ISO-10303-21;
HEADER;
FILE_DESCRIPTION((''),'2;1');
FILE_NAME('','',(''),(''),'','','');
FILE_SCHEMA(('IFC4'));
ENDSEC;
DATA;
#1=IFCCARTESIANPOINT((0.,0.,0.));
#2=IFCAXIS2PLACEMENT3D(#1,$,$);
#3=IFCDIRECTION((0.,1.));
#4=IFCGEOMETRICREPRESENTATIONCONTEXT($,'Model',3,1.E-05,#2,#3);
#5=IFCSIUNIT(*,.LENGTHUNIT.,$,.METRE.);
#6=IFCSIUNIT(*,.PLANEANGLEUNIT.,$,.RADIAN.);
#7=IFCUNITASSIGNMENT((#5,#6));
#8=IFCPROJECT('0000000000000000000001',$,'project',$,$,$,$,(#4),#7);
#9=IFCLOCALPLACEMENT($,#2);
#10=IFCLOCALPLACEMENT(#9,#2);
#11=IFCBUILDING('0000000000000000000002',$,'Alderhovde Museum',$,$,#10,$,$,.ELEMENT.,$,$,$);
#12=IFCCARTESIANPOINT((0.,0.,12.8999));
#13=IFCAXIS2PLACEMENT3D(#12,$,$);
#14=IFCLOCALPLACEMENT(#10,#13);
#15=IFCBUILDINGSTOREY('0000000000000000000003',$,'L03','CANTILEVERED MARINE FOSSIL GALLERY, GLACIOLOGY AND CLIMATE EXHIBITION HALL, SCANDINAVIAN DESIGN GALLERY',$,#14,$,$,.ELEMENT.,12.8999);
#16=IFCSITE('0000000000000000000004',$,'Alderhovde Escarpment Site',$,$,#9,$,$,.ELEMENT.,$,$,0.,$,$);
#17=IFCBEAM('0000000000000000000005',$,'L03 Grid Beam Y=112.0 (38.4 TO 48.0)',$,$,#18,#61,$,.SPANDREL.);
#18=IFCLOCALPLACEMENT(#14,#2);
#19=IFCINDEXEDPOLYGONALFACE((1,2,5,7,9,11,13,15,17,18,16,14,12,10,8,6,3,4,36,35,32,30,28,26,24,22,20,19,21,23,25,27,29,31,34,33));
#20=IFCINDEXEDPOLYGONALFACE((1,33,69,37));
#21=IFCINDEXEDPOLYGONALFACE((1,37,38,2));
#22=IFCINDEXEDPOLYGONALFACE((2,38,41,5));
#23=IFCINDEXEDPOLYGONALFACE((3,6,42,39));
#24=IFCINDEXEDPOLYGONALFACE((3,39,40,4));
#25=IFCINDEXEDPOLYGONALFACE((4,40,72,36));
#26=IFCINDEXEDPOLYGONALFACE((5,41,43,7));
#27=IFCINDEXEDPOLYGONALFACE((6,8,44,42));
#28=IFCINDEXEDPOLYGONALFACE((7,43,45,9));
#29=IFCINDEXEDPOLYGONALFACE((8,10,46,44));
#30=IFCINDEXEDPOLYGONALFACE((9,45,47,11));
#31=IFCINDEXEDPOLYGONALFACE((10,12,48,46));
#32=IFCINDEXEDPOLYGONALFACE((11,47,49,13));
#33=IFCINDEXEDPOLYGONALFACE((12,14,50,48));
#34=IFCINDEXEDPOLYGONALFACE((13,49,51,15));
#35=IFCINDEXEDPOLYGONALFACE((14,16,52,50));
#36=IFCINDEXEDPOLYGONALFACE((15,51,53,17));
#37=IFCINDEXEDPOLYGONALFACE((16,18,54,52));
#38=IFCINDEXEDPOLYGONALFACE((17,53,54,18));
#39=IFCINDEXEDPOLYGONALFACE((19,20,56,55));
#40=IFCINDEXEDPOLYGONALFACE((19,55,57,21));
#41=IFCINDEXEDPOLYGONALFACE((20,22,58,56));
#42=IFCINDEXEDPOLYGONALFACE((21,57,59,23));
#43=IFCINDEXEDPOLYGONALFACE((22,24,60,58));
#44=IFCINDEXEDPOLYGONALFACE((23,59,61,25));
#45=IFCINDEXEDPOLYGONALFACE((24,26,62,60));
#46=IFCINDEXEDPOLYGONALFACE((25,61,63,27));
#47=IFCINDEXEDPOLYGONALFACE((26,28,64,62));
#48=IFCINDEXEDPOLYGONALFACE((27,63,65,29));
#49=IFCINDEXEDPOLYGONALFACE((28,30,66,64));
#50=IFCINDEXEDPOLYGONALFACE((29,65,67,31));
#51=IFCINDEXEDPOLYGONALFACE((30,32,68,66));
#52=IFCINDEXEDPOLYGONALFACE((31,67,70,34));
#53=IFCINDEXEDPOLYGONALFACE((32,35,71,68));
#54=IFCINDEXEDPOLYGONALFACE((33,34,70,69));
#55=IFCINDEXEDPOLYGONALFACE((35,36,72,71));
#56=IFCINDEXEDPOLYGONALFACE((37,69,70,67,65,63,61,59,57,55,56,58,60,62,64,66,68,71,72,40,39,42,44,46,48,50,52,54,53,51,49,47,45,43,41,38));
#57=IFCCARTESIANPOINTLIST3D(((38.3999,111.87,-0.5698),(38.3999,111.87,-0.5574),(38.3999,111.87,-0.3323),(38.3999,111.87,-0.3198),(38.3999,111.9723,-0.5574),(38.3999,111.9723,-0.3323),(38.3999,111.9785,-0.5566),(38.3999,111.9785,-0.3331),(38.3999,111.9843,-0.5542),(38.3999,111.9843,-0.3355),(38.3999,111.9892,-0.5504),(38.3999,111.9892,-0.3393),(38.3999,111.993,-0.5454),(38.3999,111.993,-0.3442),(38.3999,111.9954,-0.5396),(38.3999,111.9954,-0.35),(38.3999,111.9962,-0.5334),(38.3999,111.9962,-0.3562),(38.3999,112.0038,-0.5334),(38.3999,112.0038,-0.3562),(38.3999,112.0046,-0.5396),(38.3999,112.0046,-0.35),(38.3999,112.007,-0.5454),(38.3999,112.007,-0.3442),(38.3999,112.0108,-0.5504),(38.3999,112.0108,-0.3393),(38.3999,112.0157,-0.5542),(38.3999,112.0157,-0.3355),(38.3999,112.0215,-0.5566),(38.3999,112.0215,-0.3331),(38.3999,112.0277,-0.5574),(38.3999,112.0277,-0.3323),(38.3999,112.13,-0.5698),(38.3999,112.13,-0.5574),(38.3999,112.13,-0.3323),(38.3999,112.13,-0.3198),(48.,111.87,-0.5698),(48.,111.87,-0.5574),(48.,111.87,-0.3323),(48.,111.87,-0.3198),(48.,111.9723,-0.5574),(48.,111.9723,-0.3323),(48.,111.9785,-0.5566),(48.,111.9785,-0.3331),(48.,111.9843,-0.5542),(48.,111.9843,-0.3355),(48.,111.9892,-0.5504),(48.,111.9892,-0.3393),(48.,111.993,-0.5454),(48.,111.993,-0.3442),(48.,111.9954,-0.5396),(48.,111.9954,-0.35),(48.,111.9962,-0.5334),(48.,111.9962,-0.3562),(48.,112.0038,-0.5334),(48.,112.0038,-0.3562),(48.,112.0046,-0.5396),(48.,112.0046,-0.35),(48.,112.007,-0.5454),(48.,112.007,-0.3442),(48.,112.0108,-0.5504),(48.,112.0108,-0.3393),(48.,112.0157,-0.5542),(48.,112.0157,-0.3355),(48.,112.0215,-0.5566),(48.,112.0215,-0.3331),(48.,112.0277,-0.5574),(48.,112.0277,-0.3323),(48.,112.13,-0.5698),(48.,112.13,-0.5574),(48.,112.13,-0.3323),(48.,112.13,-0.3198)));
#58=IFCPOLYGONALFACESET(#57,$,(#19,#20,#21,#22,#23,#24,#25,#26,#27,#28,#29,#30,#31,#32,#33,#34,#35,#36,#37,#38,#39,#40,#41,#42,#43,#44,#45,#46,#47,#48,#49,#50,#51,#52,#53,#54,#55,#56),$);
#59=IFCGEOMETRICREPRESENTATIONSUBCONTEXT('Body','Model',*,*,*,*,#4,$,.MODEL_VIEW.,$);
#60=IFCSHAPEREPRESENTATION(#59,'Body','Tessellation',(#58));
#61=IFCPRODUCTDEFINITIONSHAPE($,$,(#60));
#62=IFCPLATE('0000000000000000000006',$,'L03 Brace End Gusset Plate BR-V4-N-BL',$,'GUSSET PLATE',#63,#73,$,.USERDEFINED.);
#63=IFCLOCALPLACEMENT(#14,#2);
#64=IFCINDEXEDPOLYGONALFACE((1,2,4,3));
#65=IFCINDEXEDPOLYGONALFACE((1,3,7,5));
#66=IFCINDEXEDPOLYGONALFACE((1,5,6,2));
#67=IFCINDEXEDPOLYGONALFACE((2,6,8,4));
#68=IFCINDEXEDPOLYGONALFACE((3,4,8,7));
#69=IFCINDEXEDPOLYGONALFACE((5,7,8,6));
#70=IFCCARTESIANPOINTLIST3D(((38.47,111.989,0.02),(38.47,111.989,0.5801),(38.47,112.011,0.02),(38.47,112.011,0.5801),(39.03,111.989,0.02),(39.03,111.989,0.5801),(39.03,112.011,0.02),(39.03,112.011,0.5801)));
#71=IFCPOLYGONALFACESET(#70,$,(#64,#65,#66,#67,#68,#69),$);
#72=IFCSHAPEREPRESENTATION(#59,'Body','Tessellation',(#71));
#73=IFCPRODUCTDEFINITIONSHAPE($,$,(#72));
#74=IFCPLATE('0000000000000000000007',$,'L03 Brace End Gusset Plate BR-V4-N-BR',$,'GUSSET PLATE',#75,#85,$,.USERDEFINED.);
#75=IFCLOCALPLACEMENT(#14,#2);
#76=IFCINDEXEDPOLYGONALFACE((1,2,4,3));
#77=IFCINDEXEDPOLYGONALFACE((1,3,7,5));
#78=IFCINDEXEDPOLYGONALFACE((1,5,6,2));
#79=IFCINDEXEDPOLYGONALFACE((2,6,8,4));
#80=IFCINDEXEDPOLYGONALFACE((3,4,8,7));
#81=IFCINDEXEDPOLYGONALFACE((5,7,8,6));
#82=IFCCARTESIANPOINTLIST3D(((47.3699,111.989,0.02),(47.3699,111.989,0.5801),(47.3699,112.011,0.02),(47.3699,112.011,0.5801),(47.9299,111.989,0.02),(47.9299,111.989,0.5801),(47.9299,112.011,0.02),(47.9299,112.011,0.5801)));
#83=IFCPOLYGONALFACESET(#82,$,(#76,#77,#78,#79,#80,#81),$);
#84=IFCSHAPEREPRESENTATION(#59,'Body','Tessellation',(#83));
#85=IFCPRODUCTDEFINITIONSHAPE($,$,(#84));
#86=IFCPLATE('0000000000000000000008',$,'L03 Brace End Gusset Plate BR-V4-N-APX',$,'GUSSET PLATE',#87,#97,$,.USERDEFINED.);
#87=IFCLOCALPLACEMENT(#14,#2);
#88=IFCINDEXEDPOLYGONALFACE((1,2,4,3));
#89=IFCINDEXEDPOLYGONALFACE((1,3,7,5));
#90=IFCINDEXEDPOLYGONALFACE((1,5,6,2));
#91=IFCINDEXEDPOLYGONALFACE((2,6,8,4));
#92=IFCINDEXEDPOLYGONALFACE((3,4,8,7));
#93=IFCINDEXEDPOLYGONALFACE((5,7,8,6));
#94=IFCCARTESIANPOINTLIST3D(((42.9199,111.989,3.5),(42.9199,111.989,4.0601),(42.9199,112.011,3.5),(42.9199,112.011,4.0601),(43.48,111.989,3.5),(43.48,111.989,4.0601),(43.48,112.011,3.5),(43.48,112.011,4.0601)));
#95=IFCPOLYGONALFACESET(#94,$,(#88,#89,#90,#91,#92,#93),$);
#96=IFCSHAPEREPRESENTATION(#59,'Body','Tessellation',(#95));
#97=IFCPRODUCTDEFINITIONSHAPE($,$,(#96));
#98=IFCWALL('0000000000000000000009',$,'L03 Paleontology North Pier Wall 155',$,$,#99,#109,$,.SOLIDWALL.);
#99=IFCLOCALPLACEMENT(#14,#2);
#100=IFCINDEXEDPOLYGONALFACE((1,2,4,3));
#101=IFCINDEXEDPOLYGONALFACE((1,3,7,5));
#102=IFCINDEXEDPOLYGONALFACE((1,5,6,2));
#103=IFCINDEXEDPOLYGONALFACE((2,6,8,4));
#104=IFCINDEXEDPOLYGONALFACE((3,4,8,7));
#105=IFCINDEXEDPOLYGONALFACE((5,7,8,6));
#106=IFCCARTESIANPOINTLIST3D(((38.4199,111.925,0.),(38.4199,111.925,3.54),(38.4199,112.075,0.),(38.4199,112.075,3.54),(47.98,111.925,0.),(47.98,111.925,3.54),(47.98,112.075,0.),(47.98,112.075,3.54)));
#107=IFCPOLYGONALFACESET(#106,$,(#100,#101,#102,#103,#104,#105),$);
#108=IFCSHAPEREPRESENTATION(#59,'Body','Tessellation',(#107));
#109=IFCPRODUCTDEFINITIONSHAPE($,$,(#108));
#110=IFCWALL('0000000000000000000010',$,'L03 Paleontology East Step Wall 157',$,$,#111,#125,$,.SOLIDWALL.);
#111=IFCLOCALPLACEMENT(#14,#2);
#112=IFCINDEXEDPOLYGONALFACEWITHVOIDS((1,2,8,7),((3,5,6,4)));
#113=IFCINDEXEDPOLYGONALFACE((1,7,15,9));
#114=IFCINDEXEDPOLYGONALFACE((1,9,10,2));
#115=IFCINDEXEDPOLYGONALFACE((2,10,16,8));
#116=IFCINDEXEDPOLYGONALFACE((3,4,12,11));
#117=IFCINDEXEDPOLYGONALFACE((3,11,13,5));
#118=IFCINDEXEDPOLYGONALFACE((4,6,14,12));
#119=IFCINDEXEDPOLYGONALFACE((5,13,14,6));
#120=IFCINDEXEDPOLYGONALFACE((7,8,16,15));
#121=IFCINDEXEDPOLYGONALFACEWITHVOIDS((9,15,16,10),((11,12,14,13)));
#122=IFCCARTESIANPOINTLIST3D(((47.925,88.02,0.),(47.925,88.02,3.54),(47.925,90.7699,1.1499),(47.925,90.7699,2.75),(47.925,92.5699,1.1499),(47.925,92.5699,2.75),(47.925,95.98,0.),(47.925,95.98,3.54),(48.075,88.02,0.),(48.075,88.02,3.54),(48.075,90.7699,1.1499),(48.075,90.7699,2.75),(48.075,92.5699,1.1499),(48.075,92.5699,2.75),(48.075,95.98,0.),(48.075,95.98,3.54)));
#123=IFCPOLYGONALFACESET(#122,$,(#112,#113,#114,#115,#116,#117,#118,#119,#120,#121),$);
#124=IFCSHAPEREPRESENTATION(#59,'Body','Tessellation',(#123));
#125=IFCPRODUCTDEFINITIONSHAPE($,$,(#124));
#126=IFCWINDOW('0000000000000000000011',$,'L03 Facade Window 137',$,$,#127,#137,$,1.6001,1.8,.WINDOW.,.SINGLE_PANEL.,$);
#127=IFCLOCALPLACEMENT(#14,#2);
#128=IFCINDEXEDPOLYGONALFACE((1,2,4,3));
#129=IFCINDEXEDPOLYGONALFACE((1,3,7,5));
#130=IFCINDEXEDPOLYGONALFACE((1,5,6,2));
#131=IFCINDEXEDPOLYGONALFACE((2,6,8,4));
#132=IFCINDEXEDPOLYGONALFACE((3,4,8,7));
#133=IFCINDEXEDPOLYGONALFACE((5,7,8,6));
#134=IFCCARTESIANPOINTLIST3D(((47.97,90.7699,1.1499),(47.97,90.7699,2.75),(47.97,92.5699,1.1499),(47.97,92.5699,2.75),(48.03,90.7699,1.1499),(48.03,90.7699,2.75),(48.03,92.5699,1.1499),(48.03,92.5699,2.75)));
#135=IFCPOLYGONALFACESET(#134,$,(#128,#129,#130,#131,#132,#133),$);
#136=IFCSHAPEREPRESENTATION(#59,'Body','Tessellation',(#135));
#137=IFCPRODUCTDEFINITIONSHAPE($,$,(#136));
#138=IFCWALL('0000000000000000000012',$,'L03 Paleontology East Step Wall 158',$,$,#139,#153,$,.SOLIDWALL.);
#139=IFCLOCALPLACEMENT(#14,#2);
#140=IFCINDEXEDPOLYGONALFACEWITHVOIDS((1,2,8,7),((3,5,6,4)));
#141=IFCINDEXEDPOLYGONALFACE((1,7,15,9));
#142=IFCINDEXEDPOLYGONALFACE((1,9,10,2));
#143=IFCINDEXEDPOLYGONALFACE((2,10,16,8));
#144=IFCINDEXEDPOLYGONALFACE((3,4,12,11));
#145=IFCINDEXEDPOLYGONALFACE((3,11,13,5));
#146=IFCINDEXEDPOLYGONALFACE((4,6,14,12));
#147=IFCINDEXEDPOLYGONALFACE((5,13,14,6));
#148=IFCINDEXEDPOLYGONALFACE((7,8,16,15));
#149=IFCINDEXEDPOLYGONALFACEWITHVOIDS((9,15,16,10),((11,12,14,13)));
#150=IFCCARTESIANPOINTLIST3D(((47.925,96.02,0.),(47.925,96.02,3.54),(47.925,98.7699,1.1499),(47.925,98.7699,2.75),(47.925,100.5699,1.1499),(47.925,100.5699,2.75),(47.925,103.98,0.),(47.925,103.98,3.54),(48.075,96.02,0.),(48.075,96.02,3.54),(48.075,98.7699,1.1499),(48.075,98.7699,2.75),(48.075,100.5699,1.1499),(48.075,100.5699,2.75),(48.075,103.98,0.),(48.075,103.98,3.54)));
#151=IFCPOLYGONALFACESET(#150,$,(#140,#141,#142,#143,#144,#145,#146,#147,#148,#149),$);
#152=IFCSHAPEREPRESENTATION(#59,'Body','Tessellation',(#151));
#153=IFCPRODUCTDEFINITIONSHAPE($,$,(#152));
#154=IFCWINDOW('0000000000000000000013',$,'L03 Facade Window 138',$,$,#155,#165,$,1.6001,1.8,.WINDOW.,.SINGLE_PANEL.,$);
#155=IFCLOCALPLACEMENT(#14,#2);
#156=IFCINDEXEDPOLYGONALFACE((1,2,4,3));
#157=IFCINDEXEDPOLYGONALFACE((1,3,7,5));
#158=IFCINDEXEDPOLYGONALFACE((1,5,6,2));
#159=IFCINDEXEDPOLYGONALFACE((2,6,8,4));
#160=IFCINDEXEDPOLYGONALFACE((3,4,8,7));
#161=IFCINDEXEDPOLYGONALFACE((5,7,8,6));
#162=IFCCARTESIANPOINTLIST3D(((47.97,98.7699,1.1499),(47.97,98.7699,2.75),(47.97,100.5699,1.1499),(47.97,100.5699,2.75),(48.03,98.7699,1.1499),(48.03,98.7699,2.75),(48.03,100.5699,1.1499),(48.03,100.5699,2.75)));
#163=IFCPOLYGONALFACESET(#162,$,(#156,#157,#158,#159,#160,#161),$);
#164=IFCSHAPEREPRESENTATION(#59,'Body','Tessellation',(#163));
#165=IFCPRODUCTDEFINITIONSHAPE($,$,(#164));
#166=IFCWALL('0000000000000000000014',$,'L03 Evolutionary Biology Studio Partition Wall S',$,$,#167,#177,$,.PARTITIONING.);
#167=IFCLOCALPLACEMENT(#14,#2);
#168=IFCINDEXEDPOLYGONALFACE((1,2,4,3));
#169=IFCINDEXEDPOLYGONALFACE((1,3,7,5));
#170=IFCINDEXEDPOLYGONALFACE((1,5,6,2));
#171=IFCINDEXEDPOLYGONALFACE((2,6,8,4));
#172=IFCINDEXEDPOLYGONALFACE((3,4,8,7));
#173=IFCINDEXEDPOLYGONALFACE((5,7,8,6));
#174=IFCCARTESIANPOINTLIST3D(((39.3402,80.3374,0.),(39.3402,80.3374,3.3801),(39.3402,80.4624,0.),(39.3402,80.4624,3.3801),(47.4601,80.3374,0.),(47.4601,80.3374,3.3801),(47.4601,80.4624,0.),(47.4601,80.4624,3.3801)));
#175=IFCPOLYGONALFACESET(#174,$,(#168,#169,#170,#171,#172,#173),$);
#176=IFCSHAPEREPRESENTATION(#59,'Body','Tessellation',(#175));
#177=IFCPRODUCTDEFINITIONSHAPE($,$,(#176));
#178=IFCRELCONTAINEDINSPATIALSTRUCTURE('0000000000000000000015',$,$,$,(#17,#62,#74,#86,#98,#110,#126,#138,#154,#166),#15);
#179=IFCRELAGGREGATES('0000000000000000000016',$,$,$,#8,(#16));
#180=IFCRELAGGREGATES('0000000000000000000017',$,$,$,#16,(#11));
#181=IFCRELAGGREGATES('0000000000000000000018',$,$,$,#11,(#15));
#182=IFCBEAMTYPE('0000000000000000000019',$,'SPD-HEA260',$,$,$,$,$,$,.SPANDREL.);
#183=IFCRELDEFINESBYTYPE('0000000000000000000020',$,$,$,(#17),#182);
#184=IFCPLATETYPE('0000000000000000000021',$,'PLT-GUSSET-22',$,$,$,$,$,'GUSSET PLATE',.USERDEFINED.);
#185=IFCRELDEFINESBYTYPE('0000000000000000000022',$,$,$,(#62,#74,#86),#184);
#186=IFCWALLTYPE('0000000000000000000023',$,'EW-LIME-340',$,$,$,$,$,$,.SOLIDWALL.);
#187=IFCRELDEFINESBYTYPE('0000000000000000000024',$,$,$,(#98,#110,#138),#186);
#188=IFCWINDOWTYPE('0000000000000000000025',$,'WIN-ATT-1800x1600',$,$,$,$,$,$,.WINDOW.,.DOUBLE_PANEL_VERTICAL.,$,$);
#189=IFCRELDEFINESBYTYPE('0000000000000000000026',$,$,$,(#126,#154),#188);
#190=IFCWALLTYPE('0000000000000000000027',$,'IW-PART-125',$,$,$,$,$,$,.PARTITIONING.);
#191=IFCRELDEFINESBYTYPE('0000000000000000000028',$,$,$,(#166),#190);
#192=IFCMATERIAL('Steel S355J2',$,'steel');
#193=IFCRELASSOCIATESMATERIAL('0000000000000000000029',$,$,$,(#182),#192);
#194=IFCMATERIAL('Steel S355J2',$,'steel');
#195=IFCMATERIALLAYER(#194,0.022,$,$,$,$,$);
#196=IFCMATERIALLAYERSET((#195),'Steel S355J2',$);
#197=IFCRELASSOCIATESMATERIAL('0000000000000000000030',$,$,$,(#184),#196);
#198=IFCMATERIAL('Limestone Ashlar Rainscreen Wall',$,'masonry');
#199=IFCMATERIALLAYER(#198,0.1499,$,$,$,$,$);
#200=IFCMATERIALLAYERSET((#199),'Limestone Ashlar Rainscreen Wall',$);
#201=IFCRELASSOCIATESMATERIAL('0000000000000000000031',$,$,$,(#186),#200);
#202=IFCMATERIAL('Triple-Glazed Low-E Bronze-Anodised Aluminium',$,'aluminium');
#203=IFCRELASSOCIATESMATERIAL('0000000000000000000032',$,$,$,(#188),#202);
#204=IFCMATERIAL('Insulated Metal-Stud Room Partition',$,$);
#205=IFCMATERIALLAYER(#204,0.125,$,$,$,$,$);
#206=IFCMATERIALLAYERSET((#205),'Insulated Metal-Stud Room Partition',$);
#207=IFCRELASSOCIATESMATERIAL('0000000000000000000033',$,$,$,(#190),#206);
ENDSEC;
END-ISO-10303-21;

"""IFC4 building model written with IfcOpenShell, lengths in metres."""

from ifc_helpers import new_model, si_unit, direction, frame, frame_2d, origin, origin_2d, place, context, subcontext, project, spatial, rectangle, i_section, extrude, material, layer, layer_set, material_profile, profile_set, type_object, element, fill, save


model = new_model("IFC4")

# Units and contexts
model_context = context("Model", 3, precision=1e-05, world=origin(), true_north=direction((0.0, 1.0)))
body_context = subcontext(model_context, "Body", "Model", "MODEL_VIEW")
ifc_project = project(units=[si_unit("LENGTHUNIT", "METRE"), si_unit("PLANEANGLEUNIT", "RADIAN")], contexts=[model_context])

# Site, building, storey
site_placement = place(None, origin())
site = spatial("IfcSite", under=ifc_project, at=site_placement, Name="Alderhovde Escarpment Site", CompositionType="ELEMENT", RefElevation=0.0)
building_placement = place(site_placement, origin())
building = spatial("IfcBuilding", under=site, at=building_placement, Name="Alderhovde Museum", CompositionType="ELEMENT")
storey_placement = place(building_placement, frame((0.0, 0.0, 12.8999)))
storey = spatial("IfcBuildingStorey", under=building, at=storey_placement, Name="L03", Description="CANTILEVERED MARINE FOSSIL GALLERY, GLACIOLOGY AND CLIMATE EXHIBITION HALL, SCANDINAVIAN DESIGN GALLERY", CompositionType="ELEMENT", Elevation=12.8999)

# Beam
ifc_material_1 = material(Name="Steel S355J2", Category="steel")
ifc_material_profile_1 = material_profile(ifc_material_1, i_section(OverallWidth=0.26, OverallDepth=0.25, WebThickness=0.0076, FlangeThickness=0.0125, FilletRadius=0.0239, at=origin_2d()), Name="HEA 260")
ifc_profile_set_1 = profile_set([ifc_material_profile_1], Name="Steel S355J2")
beam_type_1 = type_object("IfcBeamType", Name="SPD-HEA260", PredefinedType="SPANDREL", material=ifc_profile_set_1)
beam_placement = place(storey_placement, frame((38.3999, 112.0, -0.4448), z_axis=(1.0, 0.0, 0.0), x_axis=(0.0, 1.0, 0.0)))
element("IfcBeam", 1, at=beam_placement, inside=storey, type_object=beam_type_1, Name="L03 Grid Beam Y=112.0 (38.4 TO 48.0)", PredefinedType="SPANDREL", context=body_context, shape_type="SweptSolid", body=[
    extrude(i_section(OverallWidth=0.26, OverallDepth=0.25, WebThickness=0.0076, FlangeThickness=0.0125, FilletRadius=0.0239, at=origin_2d()), origin(), (0.0, 0.0, 1.0), 9.6001),
])

# Plates
ifc_material_2 = material(Name="Steel S355J2", Category="steel")
ifc_layer_1 = layer(ifc_material_2, 0.022)
ifc_layer_set_1 = layer_set([ifc_layer_1], Name="Steel S355J2")
plate_type = type_object("IfcPlateType", Name="PLT-GUSSET-22", ElementType="GUSSET PLATE", PredefinedType="USERDEFINED", material=ifc_layer_set_1)
for number, where, z_axis, x_axis, name in (
    (2, (38.75, 112.0, 0.02), (0.0, 0.0, 1.0), (1.0, 0.0, 0.0), "L03 Brace End Gusset Plate BR-V4-N-BL"),
    (3, (47.6499, 112.0, 0.02), (0.0, 0.0, 1.0), (1.0, 0.0, 0.0), "L03 Brace End Gusset Plate BR-V4-N-BR"),
    (4, (43.2, 112.0, 3.5), (0.0, 0.0, 1.0), (1.0, 0.0, 0.0), "L03 Brace End Gusset Plate BR-V4-N-APX"),
):
    element("IfcPlate", number, at=place(storey_placement, frame(where, z_axis=z_axis, x_axis=x_axis)), inside=storey, type_object=plate_type, Name=name, ObjectType="GUSSET PLATE", PredefinedType="USERDEFINED", context=body_context, shape_type="SweptSolid", body=[
        extrude(rectangle(XDim=0.5601, YDim=0.022, at=origin_2d()), origin(), (0.0, 0.0, 1.0), 0.5601),
    ])

# Wall
ifc_material_3 = material(Name="Limestone Ashlar Rainscreen Wall", Category="masonry")
ifc_layer_2 = layer(ifc_material_3, 0.1499)
ifc_layer_set_2 = layer_set([ifc_layer_2], Name="Limestone Ashlar Rainscreen Wall")
wall_type_1 = type_object("IfcWallType", Name="EW-LIME-340", PredefinedType="SOLIDWALL", material=ifc_layer_set_2)
wall_1_placement = place(storey_placement, frame((38.4199, 112.0, 0.0), z_axis=(0.0, 0.0, 1.0), x_axis=(1.0, 0.0, 0.0)))
element("IfcWall", 5, at=wall_1_placement, inside=storey, type_object=wall_type_1, Name="L03 Paleontology North Pier Wall 155", PredefinedType="SOLIDWALL", context=body_context, shape_type="SweptSolid", body=[
    extrude(rectangle(XDim=9.5601, YDim=0.1499, at=frame_2d((4.78, 0.0))), origin(), (0.0, 0.0, 1.0), 3.54),
])

# Walls, openings, windows
wall_2_placement = place(storey_placement, frame((48.0, 88.02, 0.0), z_axis=(0.0, 0.0, 1.0), x_axis=(0.0, 1.0, 0.0)))
wall_2 = element("IfcWall", 6, at=wall_2_placement, inside=storey, type_object=wall_type_1, Name="L03 Paleontology East Step Wall 157", PredefinedType="SOLIDWALL", context=body_context, shape_type="SweptSolid", body=[
    extrude(rectangle(XDim=7.96, YDim=0.1499, at=frame_2d((3.98, 0.0))), origin(), (0.0, 0.0, 1.0), 3.54),
])
opening_1_placement = place(wall_2_placement, frame((2.75, 0.0, 1.1499)))
opening_1 = element("IfcOpeningElement", 7, at=opening_1_placement, cuts=wall_2, PredefinedType="OPENING", context=body_context, shape_type="SweptSolid", body=[
    extrude(rectangle(XDim=1.8, YDim=1.6001, at=frame_2d((0.8999, 0.8))), frame((0.0, 0.085, 0.0), z_axis=(0.0, -1.0, 0.0), x_axis=(1.0, 0.0, 0.0)), (0.0, 0.0, 1.0), 0.1699),
])
ifc_material_4 = material(Name="Triple-Glazed Low-E Bronze-Anodised Aluminium", Category="aluminium")
window_type = type_object("IfcWindowType", Name="WIN-ATT-1800x1600", PartitioningType="DOUBLE_PANEL_VERTICAL", PredefinedType="WINDOW", material=ifc_material_4)
window_1_placement = place(opening_1_placement, origin())
window_1 = element("IfcWindow", 8, at=window_1_placement, inside=storey, type_object=window_type, Name="L03 Facade Window 137", OverallHeight=1.6001, OverallWidth=1.8, PartitioningType="SINGLE_PANEL", PredefinedType="WINDOW", context=body_context, shape_type="SweptSolid", body=[
    extrude(rectangle(XDim=1.8, YDim=1.6001, at=frame_2d((0.8999, 0.8))), frame((0.0, 0.03, 0.0), z_axis=(0.0, -1.0, 0.0), x_axis=(1.0, 0.0, 0.0)), (0.0, 0.0, 1.0), 0.0601),
])
fill(opening_1, window_1)
wall_3_placement = place(storey_placement, frame((48.0, 96.02, 0.0), z_axis=(0.0, 0.0, 1.0), x_axis=(0.0, 1.0, 0.0)))
wall_3 = element("IfcWall", 9, at=wall_3_placement, inside=storey, type_object=wall_type_1, Name="L03 Paleontology East Step Wall 158", PredefinedType="SOLIDWALL", context=body_context, shape_type="SweptSolid", body=[
    extrude(rectangle(XDim=7.96, YDim=0.1499, at=frame_2d((3.98, 0.0))), origin(), (0.0, 0.0, 1.0), 3.54),
])
opening_2_placement = place(wall_3_placement, frame((2.75, 0.0, 1.1499)))
opening_2 = element("IfcOpeningElement", 10, at=opening_2_placement, cuts=wall_3, PredefinedType="OPENING", context=body_context, shape_type="SweptSolid", body=[
    extrude(rectangle(XDim=1.8, YDim=1.6001, at=frame_2d((0.8999, 0.8))), frame((0.0, 0.085, 0.0), z_axis=(0.0, -1.0, 0.0), x_axis=(1.0, 0.0, 0.0)), (0.0, 0.0, 1.0), 0.1699),
])
window_2_placement = place(opening_2_placement, origin())
window_2 = element("IfcWindow", 11, at=window_2_placement, inside=storey, type_object=window_type, Name="L03 Facade Window 138", OverallHeight=1.6001, OverallWidth=1.8, PartitioningType="SINGLE_PANEL", PredefinedType="WINDOW", context=body_context, shape_type="SweptSolid", body=[
    extrude(rectangle(XDim=1.8, YDim=1.6001, at=frame_2d((0.8999, 0.8))), frame((0.0, 0.03, 0.0), z_axis=(0.0, -1.0, 0.0), x_axis=(1.0, 0.0, 0.0)), (0.0, 0.0, 1.0), 0.0601),
])
fill(opening_2, window_2)

# Wall
ifc_material_5 = material(Name="Insulated Metal-Stud Room Partition")
ifc_layer_3 = layer(ifc_material_5, 0.125)
ifc_layer_set_3 = layer_set([ifc_layer_3], Name="Insulated Metal-Stud Room Partition")
wall_type_2 = type_object("IfcWallType", Name="IW-PART-125", PredefinedType="PARTITIONING", material=ifc_layer_set_3)
wall_4_placement = place(storey_placement, frame((39.3401, 80.3999, 0.0), z_axis=(0.0, 0.0, 1.0), x_axis=(1.0, 0.0, 0.0)))
element("IfcWall", 12, at=wall_4_placement, inside=storey, type_object=wall_type_2, Name="L03 Evolutionary Biology Studio Partition Wall S", PredefinedType="PARTITIONING", context=body_context, shape_type="SweptSolid", body=[
    extrude(rectangle(XDim=8.1199, YDim=0.125, at=frame_2d((4.0601, 0.0))), origin(), (0.0, 0.0, 1.0), 3.3801),
])

save(model, "model.ifc")
